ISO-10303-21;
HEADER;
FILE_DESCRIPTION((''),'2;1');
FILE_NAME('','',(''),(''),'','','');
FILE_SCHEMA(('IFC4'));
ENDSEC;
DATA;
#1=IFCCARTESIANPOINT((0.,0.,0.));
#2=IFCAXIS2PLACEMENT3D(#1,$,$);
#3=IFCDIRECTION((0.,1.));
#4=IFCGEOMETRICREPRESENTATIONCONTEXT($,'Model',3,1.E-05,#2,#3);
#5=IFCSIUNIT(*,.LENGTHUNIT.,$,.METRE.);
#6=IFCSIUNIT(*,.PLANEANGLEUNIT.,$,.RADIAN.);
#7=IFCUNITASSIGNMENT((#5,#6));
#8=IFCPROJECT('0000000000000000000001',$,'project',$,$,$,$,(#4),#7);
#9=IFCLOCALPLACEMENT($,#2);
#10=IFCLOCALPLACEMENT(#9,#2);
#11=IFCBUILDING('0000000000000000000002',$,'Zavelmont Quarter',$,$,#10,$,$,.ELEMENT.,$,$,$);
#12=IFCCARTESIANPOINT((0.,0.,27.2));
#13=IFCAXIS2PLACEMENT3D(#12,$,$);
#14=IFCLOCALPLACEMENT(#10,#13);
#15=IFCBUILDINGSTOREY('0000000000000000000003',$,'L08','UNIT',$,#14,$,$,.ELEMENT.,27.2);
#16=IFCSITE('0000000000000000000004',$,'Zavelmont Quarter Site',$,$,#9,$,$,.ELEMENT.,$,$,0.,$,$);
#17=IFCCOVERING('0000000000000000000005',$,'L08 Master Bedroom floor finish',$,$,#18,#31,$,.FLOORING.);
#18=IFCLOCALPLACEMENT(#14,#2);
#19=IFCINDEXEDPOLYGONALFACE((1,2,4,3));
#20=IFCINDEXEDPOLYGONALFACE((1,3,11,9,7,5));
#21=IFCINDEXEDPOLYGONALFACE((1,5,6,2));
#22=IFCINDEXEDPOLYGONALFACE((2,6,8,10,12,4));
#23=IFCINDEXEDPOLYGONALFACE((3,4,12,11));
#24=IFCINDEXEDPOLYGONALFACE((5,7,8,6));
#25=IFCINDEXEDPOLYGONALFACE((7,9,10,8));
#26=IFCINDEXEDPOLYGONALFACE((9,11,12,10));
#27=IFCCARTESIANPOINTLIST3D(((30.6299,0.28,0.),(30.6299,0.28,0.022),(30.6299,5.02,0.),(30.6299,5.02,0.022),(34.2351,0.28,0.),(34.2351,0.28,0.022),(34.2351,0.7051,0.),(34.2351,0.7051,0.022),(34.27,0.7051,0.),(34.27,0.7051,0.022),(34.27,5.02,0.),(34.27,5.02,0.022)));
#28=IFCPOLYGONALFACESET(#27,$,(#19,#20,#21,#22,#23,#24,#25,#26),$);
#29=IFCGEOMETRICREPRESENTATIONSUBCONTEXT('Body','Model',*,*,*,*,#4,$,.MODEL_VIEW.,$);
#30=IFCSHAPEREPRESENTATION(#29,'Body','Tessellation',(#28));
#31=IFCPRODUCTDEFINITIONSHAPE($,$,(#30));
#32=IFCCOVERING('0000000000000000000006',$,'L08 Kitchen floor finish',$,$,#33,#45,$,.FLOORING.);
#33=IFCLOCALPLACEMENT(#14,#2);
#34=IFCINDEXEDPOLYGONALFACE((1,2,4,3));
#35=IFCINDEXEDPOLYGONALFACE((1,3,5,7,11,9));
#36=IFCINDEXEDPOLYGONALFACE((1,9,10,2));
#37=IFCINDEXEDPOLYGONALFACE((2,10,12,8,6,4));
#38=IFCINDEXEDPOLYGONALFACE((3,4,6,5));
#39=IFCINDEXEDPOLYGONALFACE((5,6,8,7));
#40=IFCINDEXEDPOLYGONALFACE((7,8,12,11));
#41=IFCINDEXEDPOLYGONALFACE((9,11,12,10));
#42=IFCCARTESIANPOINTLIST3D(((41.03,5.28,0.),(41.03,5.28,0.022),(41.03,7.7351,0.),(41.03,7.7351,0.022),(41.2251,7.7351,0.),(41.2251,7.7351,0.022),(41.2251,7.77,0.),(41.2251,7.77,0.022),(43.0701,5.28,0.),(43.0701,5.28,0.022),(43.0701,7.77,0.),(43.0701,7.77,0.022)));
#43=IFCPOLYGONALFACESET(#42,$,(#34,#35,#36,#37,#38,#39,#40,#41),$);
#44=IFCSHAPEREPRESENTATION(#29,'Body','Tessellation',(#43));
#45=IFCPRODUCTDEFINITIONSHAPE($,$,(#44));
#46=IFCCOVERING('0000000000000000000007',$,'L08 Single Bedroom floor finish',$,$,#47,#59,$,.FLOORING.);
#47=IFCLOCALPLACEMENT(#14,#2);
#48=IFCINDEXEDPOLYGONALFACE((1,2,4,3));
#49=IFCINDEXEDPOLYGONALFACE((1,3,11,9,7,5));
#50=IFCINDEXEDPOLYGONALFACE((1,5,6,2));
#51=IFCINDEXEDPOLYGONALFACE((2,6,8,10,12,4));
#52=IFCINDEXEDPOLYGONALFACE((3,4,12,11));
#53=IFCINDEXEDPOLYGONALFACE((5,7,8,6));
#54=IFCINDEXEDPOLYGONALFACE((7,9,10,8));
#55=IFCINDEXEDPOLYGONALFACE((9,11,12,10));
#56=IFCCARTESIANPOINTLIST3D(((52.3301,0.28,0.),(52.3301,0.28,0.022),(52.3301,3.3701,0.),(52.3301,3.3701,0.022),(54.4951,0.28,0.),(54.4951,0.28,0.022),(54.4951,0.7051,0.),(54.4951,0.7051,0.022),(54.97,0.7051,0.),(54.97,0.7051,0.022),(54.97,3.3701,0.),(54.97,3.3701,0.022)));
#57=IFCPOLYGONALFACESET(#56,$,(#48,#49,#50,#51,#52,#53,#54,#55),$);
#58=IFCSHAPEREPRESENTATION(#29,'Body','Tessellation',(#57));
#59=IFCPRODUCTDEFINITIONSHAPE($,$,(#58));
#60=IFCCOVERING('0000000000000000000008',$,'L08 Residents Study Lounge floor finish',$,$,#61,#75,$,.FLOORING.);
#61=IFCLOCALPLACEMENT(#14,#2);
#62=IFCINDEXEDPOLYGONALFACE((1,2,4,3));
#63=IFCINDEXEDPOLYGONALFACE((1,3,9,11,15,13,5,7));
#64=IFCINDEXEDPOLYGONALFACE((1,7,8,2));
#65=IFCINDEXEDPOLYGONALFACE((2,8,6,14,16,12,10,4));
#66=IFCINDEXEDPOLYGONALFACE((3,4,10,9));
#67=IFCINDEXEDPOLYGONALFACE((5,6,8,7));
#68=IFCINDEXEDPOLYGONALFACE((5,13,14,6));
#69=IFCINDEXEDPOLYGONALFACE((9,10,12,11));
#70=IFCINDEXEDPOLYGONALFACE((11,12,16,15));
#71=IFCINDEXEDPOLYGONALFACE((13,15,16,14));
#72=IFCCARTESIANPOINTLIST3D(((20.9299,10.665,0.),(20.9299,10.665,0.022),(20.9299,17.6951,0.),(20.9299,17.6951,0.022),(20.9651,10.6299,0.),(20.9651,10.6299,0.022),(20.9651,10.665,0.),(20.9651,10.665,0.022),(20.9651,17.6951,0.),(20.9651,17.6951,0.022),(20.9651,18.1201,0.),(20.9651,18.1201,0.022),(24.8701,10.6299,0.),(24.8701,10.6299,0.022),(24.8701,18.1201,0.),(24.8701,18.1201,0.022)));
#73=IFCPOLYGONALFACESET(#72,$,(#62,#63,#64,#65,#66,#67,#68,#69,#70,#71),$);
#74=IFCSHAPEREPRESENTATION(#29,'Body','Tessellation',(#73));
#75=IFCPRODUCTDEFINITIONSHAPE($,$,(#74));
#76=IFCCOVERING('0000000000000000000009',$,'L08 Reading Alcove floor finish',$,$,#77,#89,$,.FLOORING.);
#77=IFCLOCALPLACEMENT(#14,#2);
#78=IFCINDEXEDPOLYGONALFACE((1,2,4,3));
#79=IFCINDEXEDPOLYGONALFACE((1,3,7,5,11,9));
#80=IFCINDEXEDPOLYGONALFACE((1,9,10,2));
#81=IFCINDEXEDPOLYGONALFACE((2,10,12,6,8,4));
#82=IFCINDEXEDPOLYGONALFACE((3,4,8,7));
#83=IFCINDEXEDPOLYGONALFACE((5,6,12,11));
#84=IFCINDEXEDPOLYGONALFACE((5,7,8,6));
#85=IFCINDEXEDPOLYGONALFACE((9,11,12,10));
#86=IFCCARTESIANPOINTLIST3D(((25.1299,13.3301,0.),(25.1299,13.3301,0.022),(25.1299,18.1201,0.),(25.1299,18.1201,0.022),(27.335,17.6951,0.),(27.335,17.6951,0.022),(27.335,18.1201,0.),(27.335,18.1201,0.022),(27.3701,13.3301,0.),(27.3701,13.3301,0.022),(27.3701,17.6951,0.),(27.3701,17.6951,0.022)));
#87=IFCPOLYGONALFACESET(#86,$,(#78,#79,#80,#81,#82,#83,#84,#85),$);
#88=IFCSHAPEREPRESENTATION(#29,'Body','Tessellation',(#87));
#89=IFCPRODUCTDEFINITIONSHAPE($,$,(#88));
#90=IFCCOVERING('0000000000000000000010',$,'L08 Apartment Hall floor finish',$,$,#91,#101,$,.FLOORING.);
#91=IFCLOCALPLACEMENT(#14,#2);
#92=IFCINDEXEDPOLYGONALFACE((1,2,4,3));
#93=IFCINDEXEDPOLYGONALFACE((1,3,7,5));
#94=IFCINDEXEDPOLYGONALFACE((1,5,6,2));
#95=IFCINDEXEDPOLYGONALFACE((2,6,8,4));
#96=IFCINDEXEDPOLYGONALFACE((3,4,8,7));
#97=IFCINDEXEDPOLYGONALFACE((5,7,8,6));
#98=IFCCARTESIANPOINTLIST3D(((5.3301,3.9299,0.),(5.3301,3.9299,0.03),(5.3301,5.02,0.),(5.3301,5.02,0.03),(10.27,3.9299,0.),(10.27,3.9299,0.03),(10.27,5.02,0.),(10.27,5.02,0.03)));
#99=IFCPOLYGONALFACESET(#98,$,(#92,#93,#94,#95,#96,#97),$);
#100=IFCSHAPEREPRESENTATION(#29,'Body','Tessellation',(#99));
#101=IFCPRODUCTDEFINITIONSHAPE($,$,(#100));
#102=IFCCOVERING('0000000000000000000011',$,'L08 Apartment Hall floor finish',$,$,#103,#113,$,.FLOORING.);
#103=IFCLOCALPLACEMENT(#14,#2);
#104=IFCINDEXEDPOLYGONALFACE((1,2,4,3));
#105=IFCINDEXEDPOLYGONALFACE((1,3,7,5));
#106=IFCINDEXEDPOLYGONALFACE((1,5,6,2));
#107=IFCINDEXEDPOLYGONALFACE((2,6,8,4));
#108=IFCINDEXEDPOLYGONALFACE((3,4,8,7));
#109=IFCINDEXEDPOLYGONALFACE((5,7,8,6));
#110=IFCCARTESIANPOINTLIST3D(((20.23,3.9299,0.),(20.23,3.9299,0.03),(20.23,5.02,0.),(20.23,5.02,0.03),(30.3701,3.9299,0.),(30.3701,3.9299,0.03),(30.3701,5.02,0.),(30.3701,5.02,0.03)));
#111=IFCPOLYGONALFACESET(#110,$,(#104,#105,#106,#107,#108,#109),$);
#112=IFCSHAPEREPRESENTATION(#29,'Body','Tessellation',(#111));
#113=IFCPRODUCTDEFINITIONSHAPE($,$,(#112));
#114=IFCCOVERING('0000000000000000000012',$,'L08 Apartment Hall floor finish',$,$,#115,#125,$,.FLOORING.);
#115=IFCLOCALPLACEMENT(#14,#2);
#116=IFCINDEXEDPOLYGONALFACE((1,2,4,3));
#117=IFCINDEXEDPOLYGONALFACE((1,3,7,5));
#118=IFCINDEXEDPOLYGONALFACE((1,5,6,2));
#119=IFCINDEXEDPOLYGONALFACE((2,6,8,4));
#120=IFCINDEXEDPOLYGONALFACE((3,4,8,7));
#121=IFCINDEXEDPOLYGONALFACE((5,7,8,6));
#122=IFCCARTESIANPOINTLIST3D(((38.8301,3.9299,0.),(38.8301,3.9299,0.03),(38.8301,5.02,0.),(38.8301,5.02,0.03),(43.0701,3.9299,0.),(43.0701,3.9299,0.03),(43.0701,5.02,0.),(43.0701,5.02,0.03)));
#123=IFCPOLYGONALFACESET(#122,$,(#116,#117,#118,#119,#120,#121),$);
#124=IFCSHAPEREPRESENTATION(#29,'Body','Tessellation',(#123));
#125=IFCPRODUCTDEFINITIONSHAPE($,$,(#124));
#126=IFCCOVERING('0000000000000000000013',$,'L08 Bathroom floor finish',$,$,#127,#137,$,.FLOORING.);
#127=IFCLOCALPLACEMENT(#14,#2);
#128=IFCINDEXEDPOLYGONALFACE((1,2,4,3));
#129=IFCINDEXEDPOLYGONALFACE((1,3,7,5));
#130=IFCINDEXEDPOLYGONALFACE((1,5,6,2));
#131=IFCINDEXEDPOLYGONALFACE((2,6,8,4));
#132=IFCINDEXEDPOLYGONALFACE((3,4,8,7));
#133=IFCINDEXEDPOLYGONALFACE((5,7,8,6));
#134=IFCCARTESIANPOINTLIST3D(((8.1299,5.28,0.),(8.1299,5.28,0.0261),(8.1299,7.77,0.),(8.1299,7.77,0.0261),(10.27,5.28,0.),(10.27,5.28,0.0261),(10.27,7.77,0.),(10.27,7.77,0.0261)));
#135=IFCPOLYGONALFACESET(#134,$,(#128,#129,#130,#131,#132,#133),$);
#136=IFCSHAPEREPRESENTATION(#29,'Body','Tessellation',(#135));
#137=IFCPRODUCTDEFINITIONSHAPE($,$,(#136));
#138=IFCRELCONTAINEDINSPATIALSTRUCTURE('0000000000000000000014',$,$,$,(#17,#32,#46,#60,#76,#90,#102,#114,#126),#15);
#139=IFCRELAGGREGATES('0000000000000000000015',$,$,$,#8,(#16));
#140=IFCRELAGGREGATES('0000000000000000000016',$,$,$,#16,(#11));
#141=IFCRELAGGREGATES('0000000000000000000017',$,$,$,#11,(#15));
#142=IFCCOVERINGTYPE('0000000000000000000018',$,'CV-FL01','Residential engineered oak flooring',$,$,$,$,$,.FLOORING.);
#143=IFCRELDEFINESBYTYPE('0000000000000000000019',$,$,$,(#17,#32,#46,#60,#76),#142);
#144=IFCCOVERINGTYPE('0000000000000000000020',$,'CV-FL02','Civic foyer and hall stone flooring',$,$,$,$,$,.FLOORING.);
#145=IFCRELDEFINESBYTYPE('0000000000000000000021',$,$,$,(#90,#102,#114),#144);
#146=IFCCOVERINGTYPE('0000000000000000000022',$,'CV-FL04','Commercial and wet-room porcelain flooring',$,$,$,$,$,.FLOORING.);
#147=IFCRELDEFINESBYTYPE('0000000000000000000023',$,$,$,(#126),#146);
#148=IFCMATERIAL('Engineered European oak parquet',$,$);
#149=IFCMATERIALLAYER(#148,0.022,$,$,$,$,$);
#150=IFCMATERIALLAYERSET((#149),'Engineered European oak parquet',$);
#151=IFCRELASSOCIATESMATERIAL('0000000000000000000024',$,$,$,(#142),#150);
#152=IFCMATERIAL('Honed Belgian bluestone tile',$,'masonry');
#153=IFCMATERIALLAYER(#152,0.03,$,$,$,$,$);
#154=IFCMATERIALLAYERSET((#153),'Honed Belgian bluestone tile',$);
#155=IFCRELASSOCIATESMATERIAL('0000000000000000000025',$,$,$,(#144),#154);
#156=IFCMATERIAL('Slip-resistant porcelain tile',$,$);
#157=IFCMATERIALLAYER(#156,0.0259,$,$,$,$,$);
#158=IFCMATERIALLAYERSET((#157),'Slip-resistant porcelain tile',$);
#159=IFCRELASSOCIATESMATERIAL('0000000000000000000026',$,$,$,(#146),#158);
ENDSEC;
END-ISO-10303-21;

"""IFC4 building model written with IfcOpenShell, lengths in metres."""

from ifc_helpers import new_model, si_unit, direction, frame, origin, place, context, subcontext, project, spatial, polyline, outline, extrude, material, layer, layer_set, type_object, element, save


model = new_model("IFC4")

# Units and contexts
model_context = context("Model", 3, precision=1e-05, world=origin(), true_north=direction((0.0, 1.0)))
body_context = subcontext(model_context, "Body", "Model", "MODEL_VIEW")
ifc_project = project(units=[si_unit("LENGTHUNIT", "METRE"), si_unit("PLANEANGLEUNIT", "RADIAN")], contexts=[model_context])

# Site, building, storey
site_placement = place(None, origin())
site = spatial("IfcSite", under=ifc_project, at=site_placement, Name="Zavelmont Quarter Site", CompositionType="ELEMENT", RefElevation=0.0)
building_placement = place(site_placement, origin())
building = spatial("IfcBuilding", under=site, at=building_placement, Name="Zavelmont Quarter", CompositionType="ELEMENT")
storey_placement = place(building_placement, frame((0.0, 0.0, 27.2)))
storey = spatial("IfcBuildingStorey", under=building, at=storey_placement, Name="L08", Description="UNIT", CompositionType="ELEMENT", Elevation=27.2)

# Coverings
ifc_material_1 = material(Name="Engineered European oak parquet")
ifc_layer_1 = layer(ifc_material_1, 0.022)
ifc_layer_set_1 = layer_set([ifc_layer_1], Name="Engineered European oak parquet")
covering_type_1 = type_object("IfcCoveringType", Name="CV-FL01", Description="Residential engineered oak flooring", PredefinedType="FLOORING", material=ifc_layer_set_1)
covering_1_placement = place(storey_placement, origin())
element("IfcCovering", 1, at=covering_1_placement, inside=storey, type_object=covering_type_1, Name="L08 Master Bedroom floor finish", PredefinedType="FLOORING", context=body_context, shape_type="SweptSolid", body=[
    extrude(outline(polyline([(30.6299, 5.02), (34.27, 5.02), (34.27, 0.7051), (34.2351, 0.7051), (34.2351, 0.28), (30.6299, 0.28), (30.6299, 5.02)])), origin(), (0.0, 0.0, 1.0), 0.022),
])
covering_2_placement = place(storey_placement, origin())
element("IfcCovering", 2, at=covering_2_placement, inside=storey, type_object=covering_type_1, Name="L08 Kitchen floor finish", PredefinedType="FLOORING", context=body_context, shape_type="SweptSolid", body=[
    extrude(outline(polyline([(41.03, 7.7351), (41.2251, 7.7351), (41.2251, 7.77), (43.0701, 7.77), (43.0701, 5.28), (41.03, 5.28), (41.03, 7.7351)])), origin(), (0.0, 0.0, 1.0), 0.022),
])
covering_3_placement = place(storey_placement, origin())
element("IfcCovering", 3, at=covering_3_placement, inside=storey, type_object=covering_type_1, Name="L08 Single Bedroom floor finish", PredefinedType="FLOORING", context=body_context, shape_type="SweptSolid", body=[
    extrude(outline(polyline([(52.3301, 3.3701), (54.97, 3.3701), (54.97, 0.7051), (54.4951, 0.7051), (54.4951, 0.28), (52.3301, 0.28), (52.3301, 3.3701)])), origin(), (0.0, 0.0, 1.0), 0.022),
])
covering_4_placement = place(storey_placement, origin())
element("IfcCovering", 4, at=covering_4_placement, inside=storey, type_object=covering_type_1, Name="L08 Residents Study Lounge floor finish", PredefinedType="FLOORING", context=body_context, shape_type="SweptSolid", body=[
    extrude(outline(polyline([(20.9299, 17.6951), (20.9651, 17.6951), (20.9651, 18.1201), (24.8701, 18.1201), (24.8701, 10.6299), (20.9651, 10.6299), (20.9651, 10.665), (20.9299, 10.665), (20.9299, 17.6951)])), origin(), (0.0, 0.0, 1.0), 0.022),
])
covering_5_placement = place(storey_placement, origin())
element("IfcCovering", 5, at=covering_5_placement, inside=storey, type_object=covering_type_1, Name="L08 Reading Alcove floor finish", PredefinedType="FLOORING", context=body_context, shape_type="SweptSolid", body=[
    extrude(outline(polyline([(25.1299, 18.1201), (27.335, 18.1201), (27.335, 17.6951), (27.3701, 17.6951), (27.3701, 13.3301), (25.1299, 13.3301), (25.1299, 18.1201)])), origin(), (0.0, 0.0, 1.0), 0.022),
])
ifc_material_2 = material(Name="Honed Belgian bluestone tile", Category="masonry")
ifc_layer_2 = layer(ifc_material_2, 0.03)
ifc_layer_set_2 = layer_set([ifc_layer_2], Name="Honed Belgian bluestone tile")
covering_type_2 = type_object("IfcCoveringType", Name="CV-FL02", Description="Civic foyer and hall stone flooring", PredefinedType="FLOORING", material=ifc_layer_set_2)
covering_6_placement = place(storey_placement, origin())
element("IfcCovering", 6, at=covering_6_placement, inside=storey, type_object=covering_type_2, Name="L08 Apartment Hall floor finish", PredefinedType="FLOORING", context=body_context, shape_type="SweptSolid", body=[
    extrude(outline(polyline([(5.3301, 5.02), (10.27, 5.02), (10.27, 3.9299), (5.3301, 3.9299), (5.3301, 5.02)])), origin(), (0.0, 0.0, 1.0), 0.03),
])
covering_7_placement = place(storey_placement, origin())
element("IfcCovering", 7, at=covering_7_placement, inside=storey, type_object=covering_type_2, Name="L08 Apartment Hall floor finish", PredefinedType="FLOORING", context=body_context, shape_type="SweptSolid", body=[
    extrude(outline(polyline([(20.23, 5.02), (30.3701, 5.02), (30.3701, 3.9299), (20.23, 3.9299), (20.23, 5.02)])), origin(), (0.0, 0.0, 1.0), 0.03),
])
covering_8_placement = place(storey_placement, origin())
element("IfcCovering", 8, at=covering_8_placement, inside=storey, type_object=covering_type_2, Name="L08 Apartment Hall floor finish", PredefinedType="FLOORING", context=body_context, shape_type="SweptSolid", body=[
    extrude(outline(polyline([(38.8301, 5.02), (43.0701, 5.02), (43.0701, 3.9299), (38.8301, 3.9299), (38.8301, 5.02)])), origin(), (0.0, 0.0, 1.0), 0.03),
])
ifc_material_3 = material(Name="Slip-resistant porcelain tile")
ifc_layer_3 = layer(ifc_material_3, 0.0259)
ifc_layer_set_3 = layer_set([ifc_layer_3], Name="Slip-resistant porcelain tile")
covering_type_3 = type_object("IfcCoveringType", Name="CV-FL04", Description="Commercial and wet-room porcelain flooring", PredefinedType="FLOORING", material=ifc_layer_set_3)
covering_9_placement = place(storey_placement, origin())
element("IfcCovering", 9, at=covering_9_placement, inside=storey, type_object=covering_type_3, Name="L08 Bathroom floor finish", PredefinedType="FLOORING", context=body_context, shape_type="SweptSolid", body=[
    extrude(outline(polyline([(8.1299, 7.77), (10.27, 7.77), (10.27, 5.28), (8.1299, 5.28), (8.1299, 7.77)])), origin(), (0.0, 0.0, 1.0), 0.0261),
])

save(model, "model.ifc")
